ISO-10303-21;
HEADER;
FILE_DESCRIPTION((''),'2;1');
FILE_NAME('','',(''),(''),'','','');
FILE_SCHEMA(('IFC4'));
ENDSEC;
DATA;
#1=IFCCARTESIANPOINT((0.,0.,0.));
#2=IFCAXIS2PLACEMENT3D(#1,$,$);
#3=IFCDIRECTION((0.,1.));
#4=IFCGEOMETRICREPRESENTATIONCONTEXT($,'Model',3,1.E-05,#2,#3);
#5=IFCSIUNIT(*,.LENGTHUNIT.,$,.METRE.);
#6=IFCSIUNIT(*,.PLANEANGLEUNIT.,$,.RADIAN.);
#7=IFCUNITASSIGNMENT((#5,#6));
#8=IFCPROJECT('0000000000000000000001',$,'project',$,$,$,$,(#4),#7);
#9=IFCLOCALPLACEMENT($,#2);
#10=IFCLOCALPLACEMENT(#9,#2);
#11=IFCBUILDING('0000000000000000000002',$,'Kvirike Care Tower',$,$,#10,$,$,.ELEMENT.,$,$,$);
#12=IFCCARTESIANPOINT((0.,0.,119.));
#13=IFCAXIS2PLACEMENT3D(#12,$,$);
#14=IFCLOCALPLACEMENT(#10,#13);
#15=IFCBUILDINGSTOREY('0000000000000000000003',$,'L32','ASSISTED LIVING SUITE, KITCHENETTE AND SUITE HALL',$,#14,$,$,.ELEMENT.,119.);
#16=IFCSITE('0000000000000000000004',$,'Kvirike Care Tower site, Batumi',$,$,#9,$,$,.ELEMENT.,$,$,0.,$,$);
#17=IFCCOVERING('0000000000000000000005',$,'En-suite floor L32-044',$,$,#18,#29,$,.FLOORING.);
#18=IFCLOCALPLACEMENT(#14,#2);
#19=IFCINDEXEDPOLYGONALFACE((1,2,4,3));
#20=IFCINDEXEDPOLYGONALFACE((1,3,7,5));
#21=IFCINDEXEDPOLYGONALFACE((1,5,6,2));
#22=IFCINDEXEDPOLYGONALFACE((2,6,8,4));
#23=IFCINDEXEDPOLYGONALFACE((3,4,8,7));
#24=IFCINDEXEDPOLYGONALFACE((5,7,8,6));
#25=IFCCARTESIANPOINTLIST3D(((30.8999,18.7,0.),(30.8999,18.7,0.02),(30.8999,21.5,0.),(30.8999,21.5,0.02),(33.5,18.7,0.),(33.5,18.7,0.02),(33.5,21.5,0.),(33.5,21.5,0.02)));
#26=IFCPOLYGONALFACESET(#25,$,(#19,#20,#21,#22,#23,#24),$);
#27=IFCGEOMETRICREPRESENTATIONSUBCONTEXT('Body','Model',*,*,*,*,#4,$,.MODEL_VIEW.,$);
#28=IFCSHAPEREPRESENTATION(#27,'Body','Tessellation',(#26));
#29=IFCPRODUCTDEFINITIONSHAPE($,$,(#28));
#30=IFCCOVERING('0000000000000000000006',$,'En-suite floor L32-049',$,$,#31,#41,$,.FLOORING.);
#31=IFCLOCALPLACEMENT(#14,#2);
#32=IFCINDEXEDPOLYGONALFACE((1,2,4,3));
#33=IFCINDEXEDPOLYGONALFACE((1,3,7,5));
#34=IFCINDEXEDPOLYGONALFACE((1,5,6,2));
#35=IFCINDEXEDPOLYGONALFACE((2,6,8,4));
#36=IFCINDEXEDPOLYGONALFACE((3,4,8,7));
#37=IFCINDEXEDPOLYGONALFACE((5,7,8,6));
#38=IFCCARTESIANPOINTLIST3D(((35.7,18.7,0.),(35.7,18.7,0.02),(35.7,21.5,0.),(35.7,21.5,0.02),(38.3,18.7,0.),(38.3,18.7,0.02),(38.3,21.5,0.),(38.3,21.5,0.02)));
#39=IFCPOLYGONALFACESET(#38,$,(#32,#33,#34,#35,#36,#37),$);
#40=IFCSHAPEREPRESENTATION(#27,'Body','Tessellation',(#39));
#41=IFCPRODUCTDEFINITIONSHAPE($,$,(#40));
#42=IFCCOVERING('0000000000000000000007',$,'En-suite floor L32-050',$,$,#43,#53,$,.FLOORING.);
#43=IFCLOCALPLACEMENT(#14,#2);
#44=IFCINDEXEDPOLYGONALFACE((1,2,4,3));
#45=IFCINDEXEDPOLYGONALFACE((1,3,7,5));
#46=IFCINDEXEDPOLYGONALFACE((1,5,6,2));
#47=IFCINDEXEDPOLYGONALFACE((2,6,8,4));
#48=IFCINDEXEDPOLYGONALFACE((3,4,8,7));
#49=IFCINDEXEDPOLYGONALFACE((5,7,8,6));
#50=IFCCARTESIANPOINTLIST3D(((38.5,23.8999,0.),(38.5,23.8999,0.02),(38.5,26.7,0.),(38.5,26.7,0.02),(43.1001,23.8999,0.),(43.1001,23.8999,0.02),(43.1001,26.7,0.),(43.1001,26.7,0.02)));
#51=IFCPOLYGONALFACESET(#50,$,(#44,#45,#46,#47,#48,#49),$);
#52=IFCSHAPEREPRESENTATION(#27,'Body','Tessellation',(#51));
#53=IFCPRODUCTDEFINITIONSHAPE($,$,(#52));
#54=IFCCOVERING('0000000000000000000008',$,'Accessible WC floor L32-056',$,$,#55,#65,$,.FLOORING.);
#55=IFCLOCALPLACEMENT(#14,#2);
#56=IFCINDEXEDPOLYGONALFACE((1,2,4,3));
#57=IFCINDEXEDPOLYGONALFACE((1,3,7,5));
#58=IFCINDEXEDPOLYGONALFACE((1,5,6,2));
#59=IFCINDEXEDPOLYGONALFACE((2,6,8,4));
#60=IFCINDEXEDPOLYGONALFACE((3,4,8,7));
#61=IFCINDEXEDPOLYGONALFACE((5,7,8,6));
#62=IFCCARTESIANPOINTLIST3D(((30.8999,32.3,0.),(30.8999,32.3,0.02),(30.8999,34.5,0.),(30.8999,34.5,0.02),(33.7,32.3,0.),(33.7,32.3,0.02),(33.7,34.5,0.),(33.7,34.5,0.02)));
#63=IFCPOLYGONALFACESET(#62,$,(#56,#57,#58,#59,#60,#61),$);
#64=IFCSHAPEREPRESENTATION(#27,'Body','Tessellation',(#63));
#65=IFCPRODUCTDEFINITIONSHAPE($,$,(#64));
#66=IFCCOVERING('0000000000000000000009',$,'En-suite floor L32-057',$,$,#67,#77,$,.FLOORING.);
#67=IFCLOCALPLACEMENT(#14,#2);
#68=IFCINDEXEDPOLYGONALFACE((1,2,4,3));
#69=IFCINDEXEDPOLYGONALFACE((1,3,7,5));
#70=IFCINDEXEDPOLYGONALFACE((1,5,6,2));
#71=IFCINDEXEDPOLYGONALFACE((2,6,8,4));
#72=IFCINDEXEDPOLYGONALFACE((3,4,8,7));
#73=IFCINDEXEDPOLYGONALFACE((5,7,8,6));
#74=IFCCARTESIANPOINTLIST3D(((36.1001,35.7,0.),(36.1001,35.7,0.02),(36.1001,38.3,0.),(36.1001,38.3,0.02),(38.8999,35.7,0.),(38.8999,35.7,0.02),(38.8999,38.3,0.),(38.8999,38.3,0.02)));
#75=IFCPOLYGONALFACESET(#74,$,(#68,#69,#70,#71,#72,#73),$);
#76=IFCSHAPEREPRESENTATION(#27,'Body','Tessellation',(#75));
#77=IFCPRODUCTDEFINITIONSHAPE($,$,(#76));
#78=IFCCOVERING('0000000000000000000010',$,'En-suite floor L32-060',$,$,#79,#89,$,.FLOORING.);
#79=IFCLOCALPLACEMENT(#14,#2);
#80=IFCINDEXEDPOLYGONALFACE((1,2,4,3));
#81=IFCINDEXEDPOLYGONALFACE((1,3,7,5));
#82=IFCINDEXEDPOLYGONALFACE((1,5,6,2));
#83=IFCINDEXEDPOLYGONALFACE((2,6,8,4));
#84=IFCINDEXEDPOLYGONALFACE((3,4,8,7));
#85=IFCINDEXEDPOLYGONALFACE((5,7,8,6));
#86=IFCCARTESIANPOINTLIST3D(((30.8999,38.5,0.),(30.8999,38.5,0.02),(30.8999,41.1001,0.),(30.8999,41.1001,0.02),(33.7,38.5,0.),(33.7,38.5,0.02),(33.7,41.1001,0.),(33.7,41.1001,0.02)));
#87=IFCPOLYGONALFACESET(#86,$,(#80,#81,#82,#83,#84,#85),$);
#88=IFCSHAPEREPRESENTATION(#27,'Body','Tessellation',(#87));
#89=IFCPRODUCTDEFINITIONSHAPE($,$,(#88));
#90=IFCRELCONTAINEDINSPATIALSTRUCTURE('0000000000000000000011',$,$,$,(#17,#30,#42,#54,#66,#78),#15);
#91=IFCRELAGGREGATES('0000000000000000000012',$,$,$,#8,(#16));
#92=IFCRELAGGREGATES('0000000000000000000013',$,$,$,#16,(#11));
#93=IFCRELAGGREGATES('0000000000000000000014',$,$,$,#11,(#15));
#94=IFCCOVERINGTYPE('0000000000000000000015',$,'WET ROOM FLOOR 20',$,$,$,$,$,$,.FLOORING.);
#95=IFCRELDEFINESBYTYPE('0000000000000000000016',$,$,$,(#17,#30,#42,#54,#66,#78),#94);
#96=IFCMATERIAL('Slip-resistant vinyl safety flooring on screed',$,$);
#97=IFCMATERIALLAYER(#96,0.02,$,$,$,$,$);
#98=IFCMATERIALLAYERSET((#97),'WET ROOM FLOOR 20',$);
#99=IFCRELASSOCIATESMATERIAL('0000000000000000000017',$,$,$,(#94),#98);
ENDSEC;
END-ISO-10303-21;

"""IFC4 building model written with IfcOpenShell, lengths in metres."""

from ifc_helpers import new_model, si_unit, direction, frame, origin, place, context, subcontext, project, spatial, polyline, outline, extrude, material, layer, layer_set, type_object, element, save


model = new_model("IFC4")

# Units and contexts
model_context = context("Model", 3, precision=1e-05, world=origin(), true_north=direction((0.0, 1.0)))
body_context = subcontext(model_context, "Body", "Model", "MODEL_VIEW")
ifc_project = project(units=[si_unit("LENGTHUNIT", "METRE"), si_unit("PLANEANGLEUNIT", "RADIAN")], contexts=[model_context])

# Site, building, storey
site_placement = place(None, origin())
site = spatial("IfcSite", under=ifc_project, at=site_placement, Name="Kvirike Care Tower site, Batumi", CompositionType="ELEMENT", RefElevation=0.0)
building_placement = place(site_placement, origin())
building = spatial("IfcBuilding", under=site, at=building_placement, Name="Kvirike Care Tower", CompositionType="ELEMENT")
storey_placement = place(building_placement, frame((0.0, 0.0, 119.0)))
storey = spatial("IfcBuildingStorey", under=building, at=storey_placement, Name="L32", Description="ASSISTED LIVING SUITE, KITCHENETTE AND SUITE HALL", CompositionType="ELEMENT", Elevation=119.0)

# Coverings
ifc_material_1 = material(Name="Slip-resistant vinyl safety flooring on screed")
ifc_layer_1 = layer(ifc_material_1, 0.02)
ifc_layer_set_1 = layer_set([ifc_layer_1], Name="WET ROOM FLOOR 20")
covering_type_1 = type_object("IfcCoveringType", Name="WET ROOM FLOOR 20", PredefinedType="FLOORING", material=ifc_layer_set_1)
covering_1_placement = place(storey_placement, origin())
element("IfcCovering", 1, at=covering_1_placement, inside=storey, type_object=covering_type_1, Name="En-suite floor L32-044", PredefinedType="FLOORING", context=body_context, shape_type="SweptSolid", body=[
    extrude(outline(polyline([(30.8999, 18.7), (30.8999, 21.5), (33.5, 21.5), (33.5, 18.7), (30.8999, 18.7)])), origin(), (0.0, 0.0, 1.0), 0.02),
])
covering_2_placement = place(storey_placement, origin())
element("IfcCovering", 2, at=covering_2_placement, inside=storey, type_object=covering_type_1, Name="En-suite floor L32-049", PredefinedType="FLOORING", context=body_context, shape_type="SweptSolid", body=[
    extrude(outline(polyline([(35.7, 18.7), (35.7, 21.5), (38.3, 21.5), (38.3, 18.7), (35.7, 18.7)])), origin(), (0.0, 0.0, 1.0), 0.02),
])
covering_3_placement = place(storey_placement, origin())
element("IfcCovering", 3, at=covering_3_placement, inside=storey, type_object=covering_type_1, Name="En-suite floor L32-050", PredefinedType="FLOORING", context=body_context, shape_type="SweptSolid", body=[
    extrude(outline(polyline([(38.5, 23.8999), (38.5, 26.7), (43.1001, 26.7), (43.1001, 23.8999), (38.5, 23.8999)])), origin(), (0.0, 0.0, 1.0), 0.02),
])
covering_4_placement = place(storey_placement, origin())
element("IfcCovering", 4, at=covering_4_placement, inside=storey, type_object=covering_type_1, Name="Accessible WC floor L32-056", PredefinedType="FLOORING", context=body_context, shape_type="SweptSolid", body=[
    extrude(outline(polyline([(33.7, 32.3), (30.8999, 32.3), (30.8999, 34.5), (33.7, 34.5), (33.7, 32.3)])), origin(), (0.0, 0.0, 1.0), 0.02),
])
covering_5_placement = place(storey_placement, origin())
element("IfcCovering", 5, at=covering_5_placement, inside=storey, type_object=covering_type_1, Name="En-suite floor L32-057", PredefinedType="FLOORING", context=body_context, shape_type="SweptSolid", body=[
    extrude(outline(polyline([(38.8999, 35.7), (36.1001, 35.7), (36.1001, 38.3), (38.8999, 38.3), (38.8999, 35.7)])), origin(), (0.0, 0.0, 1.0), 0.02),
])
covering_6_placement = place(storey_placement, origin())
element("IfcCovering", 6, at=covering_6_placement, inside=storey, type_object=covering_type_1, Name="En-suite floor L32-060", PredefinedType="FLOORING", context=body_context, shape_type="SweptSolid", body=[
    extrude(outline(polyline([(33.7, 38.5), (30.8999, 38.5), (30.8999, 41.1001), (33.7, 41.1001), (33.7, 38.5)])), origin(), (0.0, 0.0, 1.0), 0.02),
])

save(model, "model.ifc")
